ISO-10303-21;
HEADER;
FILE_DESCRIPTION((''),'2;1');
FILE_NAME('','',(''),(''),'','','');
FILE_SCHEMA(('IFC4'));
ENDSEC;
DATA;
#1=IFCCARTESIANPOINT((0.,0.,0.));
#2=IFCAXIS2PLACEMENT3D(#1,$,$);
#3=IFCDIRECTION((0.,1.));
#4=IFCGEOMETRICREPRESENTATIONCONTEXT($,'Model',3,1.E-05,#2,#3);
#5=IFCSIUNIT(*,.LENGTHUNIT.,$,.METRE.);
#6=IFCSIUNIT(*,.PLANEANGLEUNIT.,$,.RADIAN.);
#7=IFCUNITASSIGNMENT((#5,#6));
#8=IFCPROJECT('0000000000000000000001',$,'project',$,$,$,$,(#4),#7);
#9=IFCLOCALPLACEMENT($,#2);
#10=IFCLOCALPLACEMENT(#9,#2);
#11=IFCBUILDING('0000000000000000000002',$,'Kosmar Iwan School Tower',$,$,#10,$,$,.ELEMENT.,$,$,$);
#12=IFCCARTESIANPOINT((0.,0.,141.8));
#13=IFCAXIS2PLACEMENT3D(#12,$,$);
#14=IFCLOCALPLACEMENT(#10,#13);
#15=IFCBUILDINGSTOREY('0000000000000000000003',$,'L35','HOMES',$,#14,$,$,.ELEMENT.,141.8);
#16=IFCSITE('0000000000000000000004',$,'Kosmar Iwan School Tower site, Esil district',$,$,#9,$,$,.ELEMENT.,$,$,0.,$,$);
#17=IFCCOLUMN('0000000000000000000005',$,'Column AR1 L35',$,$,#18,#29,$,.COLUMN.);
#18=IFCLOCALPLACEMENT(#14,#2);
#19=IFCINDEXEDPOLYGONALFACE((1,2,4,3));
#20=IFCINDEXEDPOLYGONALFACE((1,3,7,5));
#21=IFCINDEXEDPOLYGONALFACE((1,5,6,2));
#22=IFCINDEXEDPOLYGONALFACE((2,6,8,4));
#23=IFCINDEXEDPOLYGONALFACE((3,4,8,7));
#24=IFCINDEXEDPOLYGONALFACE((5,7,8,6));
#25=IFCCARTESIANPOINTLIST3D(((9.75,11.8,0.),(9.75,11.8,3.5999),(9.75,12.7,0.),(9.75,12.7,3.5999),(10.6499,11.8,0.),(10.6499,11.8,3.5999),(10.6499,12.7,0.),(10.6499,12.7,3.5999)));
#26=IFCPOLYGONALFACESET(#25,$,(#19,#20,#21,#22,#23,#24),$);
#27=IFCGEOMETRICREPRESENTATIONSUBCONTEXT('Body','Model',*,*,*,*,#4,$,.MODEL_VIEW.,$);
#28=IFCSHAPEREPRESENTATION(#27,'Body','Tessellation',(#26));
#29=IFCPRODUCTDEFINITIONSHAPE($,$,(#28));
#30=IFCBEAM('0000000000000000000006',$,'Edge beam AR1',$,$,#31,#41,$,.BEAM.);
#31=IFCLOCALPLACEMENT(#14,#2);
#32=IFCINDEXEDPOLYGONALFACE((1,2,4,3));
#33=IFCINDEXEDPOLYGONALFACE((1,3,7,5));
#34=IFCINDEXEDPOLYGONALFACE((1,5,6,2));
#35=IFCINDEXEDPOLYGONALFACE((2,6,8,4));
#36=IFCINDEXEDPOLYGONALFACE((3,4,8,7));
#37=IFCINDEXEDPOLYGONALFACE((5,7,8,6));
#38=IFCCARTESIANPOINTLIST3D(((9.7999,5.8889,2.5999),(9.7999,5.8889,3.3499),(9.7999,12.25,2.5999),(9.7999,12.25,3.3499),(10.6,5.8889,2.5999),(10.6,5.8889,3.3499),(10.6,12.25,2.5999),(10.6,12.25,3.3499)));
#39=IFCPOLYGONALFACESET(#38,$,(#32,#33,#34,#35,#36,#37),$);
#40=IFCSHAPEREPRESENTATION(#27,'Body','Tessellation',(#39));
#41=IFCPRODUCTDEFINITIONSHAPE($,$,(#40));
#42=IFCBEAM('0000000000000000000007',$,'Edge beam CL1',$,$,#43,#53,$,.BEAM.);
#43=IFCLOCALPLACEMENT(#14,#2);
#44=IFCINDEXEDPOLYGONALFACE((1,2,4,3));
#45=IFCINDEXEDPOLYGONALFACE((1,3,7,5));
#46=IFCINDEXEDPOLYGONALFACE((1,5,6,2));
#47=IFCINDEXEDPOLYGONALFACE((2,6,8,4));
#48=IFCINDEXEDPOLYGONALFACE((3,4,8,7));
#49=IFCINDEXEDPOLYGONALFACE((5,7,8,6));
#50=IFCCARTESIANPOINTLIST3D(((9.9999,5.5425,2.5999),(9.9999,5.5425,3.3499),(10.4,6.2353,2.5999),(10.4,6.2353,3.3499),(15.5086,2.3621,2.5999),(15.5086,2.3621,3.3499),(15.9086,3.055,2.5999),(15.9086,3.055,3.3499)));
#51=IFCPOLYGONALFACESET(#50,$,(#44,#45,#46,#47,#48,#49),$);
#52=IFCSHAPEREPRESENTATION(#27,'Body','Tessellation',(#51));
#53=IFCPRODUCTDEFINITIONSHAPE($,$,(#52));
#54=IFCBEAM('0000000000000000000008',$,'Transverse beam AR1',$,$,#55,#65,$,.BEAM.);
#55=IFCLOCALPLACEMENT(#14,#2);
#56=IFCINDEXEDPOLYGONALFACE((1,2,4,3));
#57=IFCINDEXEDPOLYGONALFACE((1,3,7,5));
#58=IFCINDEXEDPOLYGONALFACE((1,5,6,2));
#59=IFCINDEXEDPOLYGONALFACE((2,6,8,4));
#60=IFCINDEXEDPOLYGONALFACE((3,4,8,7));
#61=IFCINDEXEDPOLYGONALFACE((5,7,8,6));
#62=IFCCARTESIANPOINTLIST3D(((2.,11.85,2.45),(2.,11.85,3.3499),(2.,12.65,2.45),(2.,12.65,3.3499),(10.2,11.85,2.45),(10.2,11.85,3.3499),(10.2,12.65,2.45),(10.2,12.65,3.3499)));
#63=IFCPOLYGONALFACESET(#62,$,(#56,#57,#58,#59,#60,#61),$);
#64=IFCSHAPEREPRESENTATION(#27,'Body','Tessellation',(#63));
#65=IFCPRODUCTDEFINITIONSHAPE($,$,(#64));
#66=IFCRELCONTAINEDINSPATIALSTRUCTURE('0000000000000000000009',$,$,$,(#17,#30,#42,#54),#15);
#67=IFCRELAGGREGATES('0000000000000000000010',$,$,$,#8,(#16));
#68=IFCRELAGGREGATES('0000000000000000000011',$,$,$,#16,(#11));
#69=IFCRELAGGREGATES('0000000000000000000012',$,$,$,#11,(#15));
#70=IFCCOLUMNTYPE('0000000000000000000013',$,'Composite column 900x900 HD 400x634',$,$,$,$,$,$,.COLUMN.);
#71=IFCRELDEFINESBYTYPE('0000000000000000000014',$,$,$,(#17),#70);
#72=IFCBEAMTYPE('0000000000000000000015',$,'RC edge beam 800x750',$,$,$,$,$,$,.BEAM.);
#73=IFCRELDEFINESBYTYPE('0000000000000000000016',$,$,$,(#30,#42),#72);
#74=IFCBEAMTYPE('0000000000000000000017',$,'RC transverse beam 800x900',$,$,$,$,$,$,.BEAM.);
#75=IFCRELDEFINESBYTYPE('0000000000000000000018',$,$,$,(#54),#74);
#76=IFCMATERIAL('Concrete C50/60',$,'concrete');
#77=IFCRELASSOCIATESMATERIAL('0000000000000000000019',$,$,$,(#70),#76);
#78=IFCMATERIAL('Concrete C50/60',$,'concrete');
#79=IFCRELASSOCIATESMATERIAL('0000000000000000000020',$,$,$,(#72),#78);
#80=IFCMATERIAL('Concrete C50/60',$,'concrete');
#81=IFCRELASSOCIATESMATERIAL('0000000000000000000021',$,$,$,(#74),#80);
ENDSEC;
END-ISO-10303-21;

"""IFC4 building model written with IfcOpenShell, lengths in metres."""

from ifc_helpers import new_model, si_unit, direction, frame, origin, origin_2d, place, context, subcontext, project, spatial, rectangle, extrude, material, material_profile, profile_set, type_object, element, save


model = new_model("IFC4")

# Units and contexts
model_context = context("Model", 3, precision=1e-05, world=origin(), true_north=direction((0.0, 1.0)))
body_context = subcontext(model_context, "Body", "Model", "MODEL_VIEW")
ifc_project = project(units=[si_unit("LENGTHUNIT", "METRE"), si_unit("PLANEANGLEUNIT", "RADIAN")], contexts=[model_context])

# Site, building, storey
site_placement = place(None, origin())
site = spatial("IfcSite", under=ifc_project, at=site_placement, Name="Kosmar Iwan School Tower site, Esil district", CompositionType="ELEMENT", RefElevation=0.0)
building_placement = place(site_placement, origin())
building = spatial("IfcBuilding", under=site, at=building_placement, Name="Kosmar Iwan School Tower", CompositionType="ELEMENT")
storey_placement = place(building_placement, frame((0.0, 0.0, 141.8)))
storey = spatial("IfcBuildingStorey", under=building, at=storey_placement, Name="L35", Description="HOMES", CompositionType="ELEMENT", Elevation=141.8)

# Column
ifc_material_1 = material(Name="Concrete C50/60", Category="concrete")
ifc_material_profile_1 = material_profile(ifc_material_1, rectangle(XDim=0.8999, YDim=0.8999, at=origin_2d()), Name="RC 900x900 + HD 400x634")
ifc_profile_set_1 = profile_set([ifc_material_profile_1], Name="Concrete C50/60")
column_type = type_object("IfcColumnType", Name="Composite column 900x900 HD 400x634", PredefinedType="COLUMN", material=ifc_profile_set_1)
column_placement = place(storey_placement, frame((10.2, 12.25, 0.0), z_axis=(0.0, 0.0, 1.0), x_axis=(0.0, 1.0, 0.0)))
element("IfcColumn", 1, at=column_placement, inside=storey, type_object=column_type, Name="Column AR1 L35", PredefinedType="COLUMN", context=body_context, shape_type="SweptSolid", body=[
    extrude(rectangle(XDim=0.8999, YDim=0.8999, at=origin_2d()), origin(), (0.0, 0.0, 1.0), 3.5999),
])

# Beams
ifc_material_2 = material(Name="Concrete C50/60", Category="concrete")
ifc_material_profile_2 = material_profile(ifc_material_2, rectangle(XDim=0.8, YDim=0.75, at=origin_2d()), Name="RC 800x750")
ifc_profile_set_2 = profile_set([ifc_material_profile_2], Name="Concrete C50/60")
beam_type_1 = type_object("IfcBeamType", Name="RC edge beam 800x750", PredefinedType="BEAM", material=ifc_profile_set_2)
beam_1_placement = place(storey_placement, frame((10.2, 5.8889, 2.9749), z_axis=(0.0, 1.0, 0.0), x_axis=(-1.0, 0.0, 0.0)))
element("IfcBeam", 2, at=beam_1_placement, inside=storey, type_object=beam_type_1, Name="Edge beam AR1", PredefinedType="BEAM", context=body_context, shape_type="SweptSolid", body=[
    extrude(rectangle(XDim=0.8, YDim=0.75, at=origin_2d()), origin(), (0.0, 0.0, 1.0), 6.3611),
])
beam_2_placement = place(storey_placement, frame((10.2, 5.8889, 2.9749), z_axis=(0.866031, -0.49999, 0.0), x_axis=(0.49999, 0.866031, 0.0)))
element("IfcBeam", 3, at=beam_2_placement, inside=storey, type_object=beam_type_1, Name="Edge beam CL1", PredefinedType="BEAM", context=body_context, shape_type="SweptSolid", body=[
    extrude(rectangle(XDim=0.8, YDim=0.75, at=origin_2d()), origin(), (0.0, 0.0, 1.0), 6.3608),
])
ifc_material_3 = material(Name="Concrete C50/60", Category="concrete")
ifc_material_profile_3 = material_profile(ifc_material_3, rectangle(XDim=0.8, YDim=0.8999, at=origin_2d()), Name="RC 800x900")
ifc_profile_set_3 = profile_set([ifc_material_profile_3], Name="Concrete C50/60")
beam_type_2 = type_object("IfcBeamType", Name="RC transverse beam 800x900", PredefinedType="BEAM", material=ifc_profile_set_3)
beam_3_placement = place(storey_placement, frame((10.2, 12.25, 2.8999), z_axis=(-1.0, 0.0, 0.0), x_axis=(0.0, -1.0, 0.0)))
element("IfcBeam", 4, at=beam_3_placement, inside=storey, type_object=beam_type_2, Name="Transverse beam AR1", PredefinedType="BEAM", context=body_context, shape_type="SweptSolid", body=[
    extrude(rectangle(XDim=0.8, YDim=0.8999, at=origin_2d()), origin(), (0.0, 0.0, 1.0), 8.2),
])

save(model, "model.ifc")
